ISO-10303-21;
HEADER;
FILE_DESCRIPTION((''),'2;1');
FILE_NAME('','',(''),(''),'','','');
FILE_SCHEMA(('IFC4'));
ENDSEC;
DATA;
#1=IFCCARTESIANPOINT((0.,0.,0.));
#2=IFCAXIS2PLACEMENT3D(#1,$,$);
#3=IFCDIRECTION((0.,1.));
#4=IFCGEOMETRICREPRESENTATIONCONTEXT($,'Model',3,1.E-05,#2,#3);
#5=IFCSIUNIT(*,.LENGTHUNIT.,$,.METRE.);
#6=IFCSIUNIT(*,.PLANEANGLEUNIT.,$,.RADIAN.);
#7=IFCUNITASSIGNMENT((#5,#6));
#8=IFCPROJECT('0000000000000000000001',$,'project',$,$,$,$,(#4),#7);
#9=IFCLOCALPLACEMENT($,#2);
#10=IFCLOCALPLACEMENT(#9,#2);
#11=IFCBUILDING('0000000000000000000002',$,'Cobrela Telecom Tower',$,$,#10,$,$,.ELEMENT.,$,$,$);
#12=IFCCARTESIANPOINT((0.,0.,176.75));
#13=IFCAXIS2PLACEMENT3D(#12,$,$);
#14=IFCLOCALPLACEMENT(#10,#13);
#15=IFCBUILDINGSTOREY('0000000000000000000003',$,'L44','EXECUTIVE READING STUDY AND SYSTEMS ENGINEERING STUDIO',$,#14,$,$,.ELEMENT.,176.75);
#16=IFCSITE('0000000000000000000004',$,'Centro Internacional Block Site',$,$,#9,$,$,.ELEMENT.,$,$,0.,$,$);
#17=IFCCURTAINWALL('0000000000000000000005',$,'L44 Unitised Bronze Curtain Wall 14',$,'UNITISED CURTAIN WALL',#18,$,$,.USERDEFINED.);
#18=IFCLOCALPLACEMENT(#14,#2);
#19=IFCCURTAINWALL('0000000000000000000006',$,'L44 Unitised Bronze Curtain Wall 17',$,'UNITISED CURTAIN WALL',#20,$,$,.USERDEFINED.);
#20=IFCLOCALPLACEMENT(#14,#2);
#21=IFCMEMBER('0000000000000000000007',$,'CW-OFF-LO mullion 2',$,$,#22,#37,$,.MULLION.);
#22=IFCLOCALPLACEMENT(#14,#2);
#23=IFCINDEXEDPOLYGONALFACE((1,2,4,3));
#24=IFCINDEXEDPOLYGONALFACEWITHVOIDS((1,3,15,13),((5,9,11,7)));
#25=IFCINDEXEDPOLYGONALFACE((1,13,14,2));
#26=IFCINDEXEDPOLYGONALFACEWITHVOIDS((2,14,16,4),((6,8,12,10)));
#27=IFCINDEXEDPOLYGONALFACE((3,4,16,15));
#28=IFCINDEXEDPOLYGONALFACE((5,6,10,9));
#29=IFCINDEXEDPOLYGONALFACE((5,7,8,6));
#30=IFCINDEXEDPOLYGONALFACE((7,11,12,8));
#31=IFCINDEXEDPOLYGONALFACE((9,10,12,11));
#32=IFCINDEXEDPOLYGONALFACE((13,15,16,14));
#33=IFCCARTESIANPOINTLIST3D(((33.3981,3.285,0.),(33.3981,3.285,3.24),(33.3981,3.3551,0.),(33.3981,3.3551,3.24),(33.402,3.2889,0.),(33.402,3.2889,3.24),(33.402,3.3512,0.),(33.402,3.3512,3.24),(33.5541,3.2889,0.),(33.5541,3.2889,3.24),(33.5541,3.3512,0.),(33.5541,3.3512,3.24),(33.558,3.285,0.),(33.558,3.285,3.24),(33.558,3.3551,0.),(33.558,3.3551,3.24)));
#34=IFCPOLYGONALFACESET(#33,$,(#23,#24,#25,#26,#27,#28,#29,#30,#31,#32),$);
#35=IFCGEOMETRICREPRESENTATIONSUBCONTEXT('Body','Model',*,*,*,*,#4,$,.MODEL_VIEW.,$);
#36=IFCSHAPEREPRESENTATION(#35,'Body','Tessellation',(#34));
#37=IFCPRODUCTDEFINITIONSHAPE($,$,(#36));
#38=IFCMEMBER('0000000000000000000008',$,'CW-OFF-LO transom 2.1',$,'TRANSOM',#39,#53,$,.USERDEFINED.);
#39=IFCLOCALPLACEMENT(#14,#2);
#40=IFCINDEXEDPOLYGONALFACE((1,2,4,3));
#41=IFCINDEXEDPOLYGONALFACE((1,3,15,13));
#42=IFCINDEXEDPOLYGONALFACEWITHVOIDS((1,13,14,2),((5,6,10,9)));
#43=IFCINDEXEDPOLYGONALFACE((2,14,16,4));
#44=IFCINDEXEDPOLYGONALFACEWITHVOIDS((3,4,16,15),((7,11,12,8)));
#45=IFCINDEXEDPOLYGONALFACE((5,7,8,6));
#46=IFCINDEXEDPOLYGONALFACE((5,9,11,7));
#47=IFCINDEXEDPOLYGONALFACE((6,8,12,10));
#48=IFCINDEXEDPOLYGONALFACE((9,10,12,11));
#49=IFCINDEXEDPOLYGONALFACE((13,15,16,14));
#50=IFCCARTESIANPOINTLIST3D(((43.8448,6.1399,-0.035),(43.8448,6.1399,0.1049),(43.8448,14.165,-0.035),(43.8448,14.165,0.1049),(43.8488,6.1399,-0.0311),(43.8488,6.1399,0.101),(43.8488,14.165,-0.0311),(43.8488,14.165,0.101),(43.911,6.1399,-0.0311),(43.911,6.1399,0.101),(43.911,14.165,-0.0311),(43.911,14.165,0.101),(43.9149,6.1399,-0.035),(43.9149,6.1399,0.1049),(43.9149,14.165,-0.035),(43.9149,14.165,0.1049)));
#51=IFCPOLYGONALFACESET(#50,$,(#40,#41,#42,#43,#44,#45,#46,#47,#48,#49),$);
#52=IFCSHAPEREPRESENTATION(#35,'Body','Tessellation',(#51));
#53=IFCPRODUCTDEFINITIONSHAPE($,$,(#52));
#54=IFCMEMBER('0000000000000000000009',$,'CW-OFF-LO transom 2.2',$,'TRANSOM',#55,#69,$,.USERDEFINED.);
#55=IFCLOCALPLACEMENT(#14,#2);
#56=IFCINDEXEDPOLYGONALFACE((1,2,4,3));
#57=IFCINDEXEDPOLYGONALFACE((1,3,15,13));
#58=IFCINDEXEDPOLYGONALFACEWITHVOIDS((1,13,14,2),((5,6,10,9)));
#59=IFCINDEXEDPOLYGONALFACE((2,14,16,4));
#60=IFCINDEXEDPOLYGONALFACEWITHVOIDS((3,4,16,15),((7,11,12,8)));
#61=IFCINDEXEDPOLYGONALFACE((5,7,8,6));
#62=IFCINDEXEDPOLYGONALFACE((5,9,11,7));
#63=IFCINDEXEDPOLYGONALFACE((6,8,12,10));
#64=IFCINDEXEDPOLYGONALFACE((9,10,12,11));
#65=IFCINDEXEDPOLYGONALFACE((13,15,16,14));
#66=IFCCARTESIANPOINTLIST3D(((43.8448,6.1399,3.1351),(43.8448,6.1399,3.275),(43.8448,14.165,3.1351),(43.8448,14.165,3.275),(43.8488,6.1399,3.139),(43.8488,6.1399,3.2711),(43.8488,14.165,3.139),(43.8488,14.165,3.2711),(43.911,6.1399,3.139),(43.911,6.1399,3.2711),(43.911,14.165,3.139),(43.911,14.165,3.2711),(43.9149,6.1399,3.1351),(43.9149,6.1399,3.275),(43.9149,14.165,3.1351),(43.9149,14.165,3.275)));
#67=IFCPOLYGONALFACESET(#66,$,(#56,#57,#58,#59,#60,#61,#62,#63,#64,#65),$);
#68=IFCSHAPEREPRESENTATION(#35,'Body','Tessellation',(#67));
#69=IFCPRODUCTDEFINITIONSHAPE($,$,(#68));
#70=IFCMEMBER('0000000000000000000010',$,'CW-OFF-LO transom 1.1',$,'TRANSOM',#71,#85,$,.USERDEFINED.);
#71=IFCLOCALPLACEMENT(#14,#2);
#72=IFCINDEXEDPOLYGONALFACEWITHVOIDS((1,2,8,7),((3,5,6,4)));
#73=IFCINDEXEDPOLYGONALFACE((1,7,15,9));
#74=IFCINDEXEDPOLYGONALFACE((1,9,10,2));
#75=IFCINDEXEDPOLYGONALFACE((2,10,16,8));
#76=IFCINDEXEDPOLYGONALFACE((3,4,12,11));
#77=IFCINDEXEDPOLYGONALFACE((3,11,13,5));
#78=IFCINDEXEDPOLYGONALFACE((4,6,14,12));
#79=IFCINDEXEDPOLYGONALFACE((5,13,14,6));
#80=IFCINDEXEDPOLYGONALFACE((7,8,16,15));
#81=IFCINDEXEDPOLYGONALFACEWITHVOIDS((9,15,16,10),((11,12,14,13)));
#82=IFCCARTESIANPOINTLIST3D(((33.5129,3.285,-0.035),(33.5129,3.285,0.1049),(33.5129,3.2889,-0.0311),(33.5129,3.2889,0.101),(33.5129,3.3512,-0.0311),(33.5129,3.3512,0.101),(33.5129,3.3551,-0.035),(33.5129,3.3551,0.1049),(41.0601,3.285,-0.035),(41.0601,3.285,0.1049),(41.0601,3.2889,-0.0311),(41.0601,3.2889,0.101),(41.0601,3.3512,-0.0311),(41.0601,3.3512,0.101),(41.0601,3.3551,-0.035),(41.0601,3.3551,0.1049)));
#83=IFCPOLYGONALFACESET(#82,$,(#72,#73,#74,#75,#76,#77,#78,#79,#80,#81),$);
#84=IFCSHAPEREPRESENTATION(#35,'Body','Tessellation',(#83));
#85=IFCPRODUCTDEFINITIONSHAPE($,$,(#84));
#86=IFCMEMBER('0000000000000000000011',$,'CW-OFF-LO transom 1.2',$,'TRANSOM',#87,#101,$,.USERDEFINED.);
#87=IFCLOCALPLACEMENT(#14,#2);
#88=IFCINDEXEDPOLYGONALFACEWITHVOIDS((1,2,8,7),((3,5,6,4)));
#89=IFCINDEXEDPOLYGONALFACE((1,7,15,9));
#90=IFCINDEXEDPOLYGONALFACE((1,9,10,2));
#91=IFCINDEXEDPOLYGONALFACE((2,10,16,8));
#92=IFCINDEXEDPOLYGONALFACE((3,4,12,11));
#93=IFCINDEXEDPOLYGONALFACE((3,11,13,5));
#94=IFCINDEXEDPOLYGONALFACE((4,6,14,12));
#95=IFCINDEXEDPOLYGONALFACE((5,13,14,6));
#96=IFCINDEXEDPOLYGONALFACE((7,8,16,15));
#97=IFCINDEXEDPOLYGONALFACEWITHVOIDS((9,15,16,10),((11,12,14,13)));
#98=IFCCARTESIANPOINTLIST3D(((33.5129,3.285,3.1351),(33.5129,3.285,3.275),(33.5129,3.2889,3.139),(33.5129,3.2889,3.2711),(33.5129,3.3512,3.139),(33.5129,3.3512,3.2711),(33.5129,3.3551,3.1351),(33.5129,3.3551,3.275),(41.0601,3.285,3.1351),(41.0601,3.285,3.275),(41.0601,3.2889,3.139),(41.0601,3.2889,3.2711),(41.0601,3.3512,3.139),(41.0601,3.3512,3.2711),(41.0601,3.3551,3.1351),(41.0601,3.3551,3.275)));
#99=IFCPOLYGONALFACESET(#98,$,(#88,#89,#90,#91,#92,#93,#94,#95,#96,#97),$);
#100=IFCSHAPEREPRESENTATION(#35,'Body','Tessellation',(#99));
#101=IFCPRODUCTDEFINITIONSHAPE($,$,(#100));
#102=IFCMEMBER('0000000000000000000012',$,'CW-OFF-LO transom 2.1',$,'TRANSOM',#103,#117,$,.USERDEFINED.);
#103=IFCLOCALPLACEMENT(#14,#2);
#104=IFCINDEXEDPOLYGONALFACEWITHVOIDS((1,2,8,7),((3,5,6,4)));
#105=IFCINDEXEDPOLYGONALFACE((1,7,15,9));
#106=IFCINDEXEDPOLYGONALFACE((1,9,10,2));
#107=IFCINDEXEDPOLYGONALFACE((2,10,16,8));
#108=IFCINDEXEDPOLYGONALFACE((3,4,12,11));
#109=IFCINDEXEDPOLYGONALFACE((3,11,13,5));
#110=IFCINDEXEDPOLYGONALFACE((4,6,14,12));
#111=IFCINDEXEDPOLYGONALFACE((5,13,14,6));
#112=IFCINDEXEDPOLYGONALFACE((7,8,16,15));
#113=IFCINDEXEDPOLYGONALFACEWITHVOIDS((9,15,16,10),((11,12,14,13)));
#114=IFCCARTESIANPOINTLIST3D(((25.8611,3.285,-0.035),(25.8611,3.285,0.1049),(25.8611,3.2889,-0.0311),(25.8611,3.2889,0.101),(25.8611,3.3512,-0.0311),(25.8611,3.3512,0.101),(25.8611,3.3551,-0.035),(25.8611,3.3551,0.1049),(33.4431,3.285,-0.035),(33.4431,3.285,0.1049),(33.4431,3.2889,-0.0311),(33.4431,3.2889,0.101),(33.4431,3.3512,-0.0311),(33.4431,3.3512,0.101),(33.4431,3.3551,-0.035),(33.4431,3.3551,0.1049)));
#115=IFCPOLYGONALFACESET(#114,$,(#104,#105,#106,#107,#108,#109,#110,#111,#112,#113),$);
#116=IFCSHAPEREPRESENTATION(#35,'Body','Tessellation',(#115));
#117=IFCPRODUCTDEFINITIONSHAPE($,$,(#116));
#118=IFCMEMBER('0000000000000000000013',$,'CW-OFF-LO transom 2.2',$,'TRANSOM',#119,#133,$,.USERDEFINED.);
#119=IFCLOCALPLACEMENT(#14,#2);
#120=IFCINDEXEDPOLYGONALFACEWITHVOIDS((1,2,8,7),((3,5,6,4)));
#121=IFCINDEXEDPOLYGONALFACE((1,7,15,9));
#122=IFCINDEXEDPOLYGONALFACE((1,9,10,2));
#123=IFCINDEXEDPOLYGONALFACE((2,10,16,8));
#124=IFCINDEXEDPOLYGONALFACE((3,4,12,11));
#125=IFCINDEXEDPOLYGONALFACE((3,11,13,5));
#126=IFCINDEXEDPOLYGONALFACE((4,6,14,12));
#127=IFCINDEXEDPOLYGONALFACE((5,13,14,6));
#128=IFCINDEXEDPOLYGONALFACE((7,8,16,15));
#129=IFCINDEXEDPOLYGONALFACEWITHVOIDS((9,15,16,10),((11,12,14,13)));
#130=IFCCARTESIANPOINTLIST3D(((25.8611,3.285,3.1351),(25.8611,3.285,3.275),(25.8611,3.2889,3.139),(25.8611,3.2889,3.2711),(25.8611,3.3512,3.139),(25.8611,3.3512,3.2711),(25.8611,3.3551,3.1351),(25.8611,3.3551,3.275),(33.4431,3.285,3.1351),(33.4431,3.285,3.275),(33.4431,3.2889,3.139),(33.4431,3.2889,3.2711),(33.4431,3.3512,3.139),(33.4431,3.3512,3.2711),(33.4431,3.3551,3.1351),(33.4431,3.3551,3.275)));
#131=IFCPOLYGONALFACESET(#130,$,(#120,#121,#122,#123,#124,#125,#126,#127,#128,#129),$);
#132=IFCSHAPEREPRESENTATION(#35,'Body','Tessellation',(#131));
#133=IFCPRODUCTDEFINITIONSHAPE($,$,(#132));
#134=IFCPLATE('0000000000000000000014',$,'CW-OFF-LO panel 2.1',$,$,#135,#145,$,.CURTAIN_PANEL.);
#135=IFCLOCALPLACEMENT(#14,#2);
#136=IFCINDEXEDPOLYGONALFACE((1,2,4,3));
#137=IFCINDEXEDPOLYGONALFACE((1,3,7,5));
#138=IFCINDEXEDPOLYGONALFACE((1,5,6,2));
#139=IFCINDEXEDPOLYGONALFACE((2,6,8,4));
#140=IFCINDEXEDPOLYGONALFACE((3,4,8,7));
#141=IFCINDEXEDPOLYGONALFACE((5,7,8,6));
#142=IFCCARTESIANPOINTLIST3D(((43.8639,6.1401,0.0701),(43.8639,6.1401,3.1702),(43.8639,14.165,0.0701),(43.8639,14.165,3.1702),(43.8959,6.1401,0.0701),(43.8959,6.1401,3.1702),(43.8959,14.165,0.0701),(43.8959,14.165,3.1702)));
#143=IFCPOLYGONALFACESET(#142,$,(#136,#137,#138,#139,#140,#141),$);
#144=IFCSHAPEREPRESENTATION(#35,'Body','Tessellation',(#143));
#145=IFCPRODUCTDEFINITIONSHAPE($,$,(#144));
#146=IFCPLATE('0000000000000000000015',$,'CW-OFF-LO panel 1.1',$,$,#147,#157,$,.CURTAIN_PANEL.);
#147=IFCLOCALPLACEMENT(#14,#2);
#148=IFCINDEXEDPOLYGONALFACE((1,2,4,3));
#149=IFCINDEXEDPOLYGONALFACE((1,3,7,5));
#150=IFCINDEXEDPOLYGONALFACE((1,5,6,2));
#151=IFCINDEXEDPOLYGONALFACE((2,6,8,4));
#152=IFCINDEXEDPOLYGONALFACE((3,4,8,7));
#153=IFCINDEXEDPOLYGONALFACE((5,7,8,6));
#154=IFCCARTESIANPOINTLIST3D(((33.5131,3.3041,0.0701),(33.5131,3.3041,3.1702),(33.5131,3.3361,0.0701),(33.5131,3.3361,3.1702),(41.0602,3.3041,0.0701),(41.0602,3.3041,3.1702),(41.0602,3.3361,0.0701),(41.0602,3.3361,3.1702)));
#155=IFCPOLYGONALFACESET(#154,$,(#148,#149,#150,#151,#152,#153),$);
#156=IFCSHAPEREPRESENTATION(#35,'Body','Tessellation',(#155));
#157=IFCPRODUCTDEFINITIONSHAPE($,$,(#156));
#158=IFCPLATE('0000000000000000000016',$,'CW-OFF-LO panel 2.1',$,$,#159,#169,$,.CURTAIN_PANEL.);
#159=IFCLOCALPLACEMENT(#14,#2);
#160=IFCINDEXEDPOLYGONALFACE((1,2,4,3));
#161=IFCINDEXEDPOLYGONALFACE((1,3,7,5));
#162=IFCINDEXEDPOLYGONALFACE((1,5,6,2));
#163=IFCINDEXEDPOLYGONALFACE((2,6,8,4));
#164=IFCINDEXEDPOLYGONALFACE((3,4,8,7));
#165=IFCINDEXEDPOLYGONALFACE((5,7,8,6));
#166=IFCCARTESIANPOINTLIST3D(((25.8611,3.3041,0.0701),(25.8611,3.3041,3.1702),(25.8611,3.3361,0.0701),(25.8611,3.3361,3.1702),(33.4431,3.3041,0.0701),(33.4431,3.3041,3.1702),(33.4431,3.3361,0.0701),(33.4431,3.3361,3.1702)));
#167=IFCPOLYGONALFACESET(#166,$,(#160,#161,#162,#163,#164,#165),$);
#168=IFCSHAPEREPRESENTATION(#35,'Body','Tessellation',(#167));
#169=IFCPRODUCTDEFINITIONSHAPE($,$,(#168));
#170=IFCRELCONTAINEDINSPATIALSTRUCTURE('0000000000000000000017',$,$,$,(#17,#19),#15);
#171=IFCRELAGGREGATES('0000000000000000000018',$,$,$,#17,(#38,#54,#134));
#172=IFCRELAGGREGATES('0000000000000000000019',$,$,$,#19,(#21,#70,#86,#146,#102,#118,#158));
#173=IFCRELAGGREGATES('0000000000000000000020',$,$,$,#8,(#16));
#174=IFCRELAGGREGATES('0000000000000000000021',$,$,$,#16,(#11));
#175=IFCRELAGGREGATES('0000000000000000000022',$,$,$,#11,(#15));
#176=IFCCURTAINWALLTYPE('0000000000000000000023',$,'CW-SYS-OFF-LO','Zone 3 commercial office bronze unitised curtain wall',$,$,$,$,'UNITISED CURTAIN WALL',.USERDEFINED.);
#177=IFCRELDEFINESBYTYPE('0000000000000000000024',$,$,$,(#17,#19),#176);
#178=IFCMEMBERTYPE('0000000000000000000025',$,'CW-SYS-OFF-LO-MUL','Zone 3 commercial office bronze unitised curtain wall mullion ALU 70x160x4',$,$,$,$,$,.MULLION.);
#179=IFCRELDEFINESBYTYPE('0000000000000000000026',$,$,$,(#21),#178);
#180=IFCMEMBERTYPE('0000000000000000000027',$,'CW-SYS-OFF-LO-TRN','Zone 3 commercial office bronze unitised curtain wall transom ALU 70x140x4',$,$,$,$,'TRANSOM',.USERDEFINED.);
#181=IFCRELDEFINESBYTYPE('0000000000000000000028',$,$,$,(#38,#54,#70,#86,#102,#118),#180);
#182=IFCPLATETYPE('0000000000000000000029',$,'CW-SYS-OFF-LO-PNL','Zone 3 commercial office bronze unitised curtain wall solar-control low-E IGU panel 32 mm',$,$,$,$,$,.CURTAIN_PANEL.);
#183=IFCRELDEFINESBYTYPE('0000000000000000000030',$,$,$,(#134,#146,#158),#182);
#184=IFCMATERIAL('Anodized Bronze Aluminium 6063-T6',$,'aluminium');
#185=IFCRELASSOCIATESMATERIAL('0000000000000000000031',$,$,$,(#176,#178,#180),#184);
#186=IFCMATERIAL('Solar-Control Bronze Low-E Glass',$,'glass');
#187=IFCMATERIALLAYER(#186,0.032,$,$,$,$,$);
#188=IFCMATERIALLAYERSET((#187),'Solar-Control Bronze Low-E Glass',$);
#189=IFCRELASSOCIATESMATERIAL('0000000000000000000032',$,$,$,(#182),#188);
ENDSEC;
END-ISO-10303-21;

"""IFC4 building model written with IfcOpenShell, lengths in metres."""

from ifc_helpers import new_model, si_unit, direction, frame, origin, origin_2d, place, context, subcontext, project, spatial, rectangle, hollow_rectangle, extrude, material, layer, layer_set, material_profile, profile_set, type_object, element, aggregate, save


model = new_model("IFC4")

# Units and contexts
model_context = context("Model", 3, precision=1e-05, world=origin(), true_north=direction((0.0, 1.0)))
body_context = subcontext(model_context, "Body", "Model", "MODEL_VIEW")
ifc_project = project(units=[si_unit("LENGTHUNIT", "METRE"), si_unit("PLANEANGLEUNIT", "RADIAN")], contexts=[model_context])

# Site, building, storey
site_placement = place(None, origin())
site = spatial("IfcSite", under=ifc_project, at=site_placement, Name="Centro Internacional Block Site", CompositionType="ELEMENT", RefElevation=0.0)
building_placement = place(site_placement, origin())
building = spatial("IfcBuilding", under=site, at=building_placement, Name="Cobrela Telecom Tower", CompositionType="ELEMENT")
storey_placement = place(building_placement, frame((0.0, 0.0, 176.75)))
storey = spatial("IfcBuildingStorey", under=building, at=storey_placement, Name="L44", Description="EXECUTIVE READING STUDY AND SYSTEMS ENGINEERING STUDIO", CompositionType="ELEMENT", Elevation=176.75)

# Curtain walls, member
ifc_material_1 = material(Name="Anodized Bronze Aluminium 6063-T6", Category="aluminium")
curtain_wall_type = type_object("IfcCurtainWallType", Name="CW-SYS-OFF-LO", Description="Zone 3 commercial office bronze unitised curtain wall", ElementType="UNITISED CURTAIN WALL", PredefinedType="USERDEFINED", material=ifc_material_1)
curtain_wall_1_placement = place(storey_placement, origin())
curtain_wall_1 = element("IfcCurtainWall", 1, at=curtain_wall_1_placement, inside=storey, type_object=curtain_wall_type, Name="L44 Unitised Bronze Curtain Wall 14", ObjectType="UNITISED CURTAIN WALL", PredefinedType="USERDEFINED")
ifc_material_profile_1 = material_profile(ifc_material_1, hollow_rectangle(XDim=0.0701, YDim=0.1599, WallThickness=0.0039, at=origin_2d()), Name="ALU 70x160x4")
ifc_profile_set_1 = profile_set([ifc_material_profile_1], Name="Anodized Bronze Aluminium 6063-T6")
member_type_1 = type_object("IfcMemberType", Name="CW-SYS-OFF-LO-MUL", Description="Zone 3 commercial office bronze unitised curtain wall mullion ALU 70x160x4", PredefinedType="MULLION", material=ifc_profile_set_1)
curtain_wall_2_placement = place(storey_placement, origin())
curtain_wall_2 = element("IfcCurtainWall", 2, at=curtain_wall_2_placement, inside=storey, type_object=curtain_wall_type, Name="L44 Unitised Bronze Curtain Wall 17", ObjectType="UNITISED CURTAIN WALL", PredefinedType="USERDEFINED")
member_1_placement = place(storey_placement, frame((33.478, 3.3201, 0.0), z_axis=(0.0, 0.0, 1.0), x_axis=(0.0, -1.0, 0.0)))
member_1 = element("IfcMember", 3, at=member_1_placement, type_object=member_type_1, Name="CW-OFF-LO mullion 2", PredefinedType="MULLION", context=body_context, shape_type="SweptSolid", body=[
    extrude(hollow_rectangle(XDim=0.0701, YDim=0.1599, WallThickness=0.0039, at=origin_2d()), origin(), (0.0, 0.0, 1.0), 3.24),
])

# Members
ifc_material_profile_2 = material_profile(ifc_material_1, hollow_rectangle(XDim=0.0701, YDim=0.1399, WallThickness=0.0039, at=origin_2d()), Name="ALU 70x140x4")
ifc_profile_set_2 = profile_set([ifc_material_profile_2], Name="Anodized Bronze Aluminium 6063-T6")
member_type_2 = type_object("IfcMemberType", Name="CW-SYS-OFF-LO-TRN", Description="Zone 3 commercial office bronze unitised curtain wall transom ALU 70x140x4", ElementType="TRANSOM", PredefinedType="USERDEFINED", material=ifc_profile_set_2)
member_2_placement = place(storey_placement, frame((43.8799, 14.165, 0.0349), z_axis=(0.0, -1.0, 0.0), x_axis=(1.0, 0.0, 0.0)))
member_2 = element("IfcMember", 4, at=member_2_placement, type_object=member_type_2, Name="CW-OFF-LO transom 2.1", ObjectType="TRANSOM", PredefinedType="USERDEFINED", context=body_context, shape_type="SweptSolid", body=[
    extrude(hollow_rectangle(XDim=0.0701, YDim=0.1399, WallThickness=0.0039, at=origin_2d()), origin(), (0.0, 0.0, 1.0), 8.0251),
])
member_3_placement = place(storey_placement, frame((43.8799, 14.165, 3.2051), z_axis=(0.0, -1.0, 0.0), x_axis=(1.0, 0.0, 0.0)))
member_3 = element("IfcMember", 5, at=member_3_placement, type_object=member_type_2, Name="CW-OFF-LO transom 2.2", ObjectType="TRANSOM", PredefinedType="USERDEFINED", context=body_context, shape_type="SweptSolid", body=[
    extrude(hollow_rectangle(XDim=0.0701, YDim=0.1399, WallThickness=0.0039, at=origin_2d()), origin(), (0.0, 0.0, 1.0), 8.0251),
])
member_4_placement = place(storey_placement, frame((41.0601, 3.3201, 0.0349), z_axis=(-1.0, 0.0, 0.0), x_axis=(0.0, -1.0, 0.0)))
member_4 = element("IfcMember", 6, at=member_4_placement, type_object=member_type_2, Name="CW-OFF-LO transom 1.1", ObjectType="TRANSOM", PredefinedType="USERDEFINED", context=body_context, shape_type="SweptSolid", body=[
    extrude(hollow_rectangle(XDim=0.0701, YDim=0.1399, WallThickness=0.0039, at=origin_2d()), origin(), (0.0, 0.0, 1.0), 7.5471),
])
member_5_placement = place(storey_placement, frame((41.0601, 3.3201, 3.2051), z_axis=(-1.0, 0.0, 0.0), x_axis=(0.0, -1.0, 0.0)))
member_5 = element("IfcMember", 7, at=member_5_placement, type_object=member_type_2, Name="CW-OFF-LO transom 1.2", ObjectType="TRANSOM", PredefinedType="USERDEFINED", context=body_context, shape_type="SweptSolid", body=[
    extrude(hollow_rectangle(XDim=0.0701, YDim=0.1399, WallThickness=0.0039, at=origin_2d()), origin(), (0.0, 0.0, 1.0), 7.5471),
])
member_6_placement = place(storey_placement, frame((33.4431, 3.3201, 0.0349), z_axis=(-1.0, 0.0, 0.0), x_axis=(0.0, -1.0, 0.0)))
member_6 = element("IfcMember", 8, at=member_6_placement, type_object=member_type_2, Name="CW-OFF-LO transom 2.1", ObjectType="TRANSOM", PredefinedType="USERDEFINED", context=body_context, shape_type="SweptSolid", body=[
    extrude(hollow_rectangle(XDim=0.0701, YDim=0.1399, WallThickness=0.0039, at=origin_2d()), origin(), (0.0, 0.0, 1.0), 7.582),
])
member_7_placement = place(storey_placement, frame((33.4431, 3.3201, 3.2051), z_axis=(-1.0, 0.0, 0.0), x_axis=(0.0, -1.0, 0.0)))
member_7 = element("IfcMember", 9, at=member_7_placement, type_object=member_type_2, Name="CW-OFF-LO transom 2.2", ObjectType="TRANSOM", PredefinedType="USERDEFINED", context=body_context, shape_type="SweptSolid", body=[
    extrude(hollow_rectangle(XDim=0.0701, YDim=0.1399, WallThickness=0.0039, at=origin_2d()), origin(), (0.0, 0.0, 1.0), 7.582),
])

# Plates
ifc_material_2 = material(Name="Solar-Control Bronze Low-E Glass", Category="glass")
ifc_layer_1 = layer(ifc_material_2, 0.032)
ifc_layer_set_1 = layer_set([ifc_layer_1], Name="Solar-Control Bronze Low-E Glass")
plate_type = type_object("IfcPlateType", Name="CW-SYS-OFF-LO-PNL", Description="Zone 3 commercial office bronze unitised curtain wall solar-control low-E IGU panel 32 mm", PredefinedType="CURTAIN_PANEL", material=ifc_layer_set_1)
plate_1_placement = place(storey_placement, frame((43.8799, 10.1526, 0.0701), z_axis=(0.0, 0.0, 1.0), x_axis=(0.0, -1.0, 0.0)))
plate_1 = element("IfcPlate", 10, at=plate_1_placement, type_object=plate_type, Name="CW-OFF-LO panel 2.1", PredefinedType="CURTAIN_PANEL", context=body_context, shape_type="SweptSolid", body=[
    extrude(rectangle(XDim=8.0249, YDim=0.032, at=origin_2d()), origin(), (0.0, 0.0, 1.0), 3.1001),
])
aggregate(curtain_wall_1, [member_2, member_3, plate_1])
plate_2_placement = place(storey_placement, frame((37.2866, 3.3201, 0.0701), z_axis=(0.0, 0.0, 1.0), x_axis=(-1.0, 0.0, 0.0)))
plate_2 = element("IfcPlate", 11, at=plate_2_placement, type_object=plate_type, Name="CW-OFF-LO panel 1.1", PredefinedType="CURTAIN_PANEL", context=body_context, shape_type="SweptSolid", body=[
    extrude(rectangle(XDim=7.5471, YDim=0.032, at=origin_2d()), origin(), (0.0, 0.0, 1.0), 3.1001),
])
plate_3_placement = place(storey_placement, frame((29.6521, 3.3201, 0.0701), z_axis=(0.0, 0.0, 1.0), x_axis=(-1.0, 0.0, 0.0)))
plate_3 = element("IfcPlate", 12, at=plate_3_placement, type_object=plate_type, Name="CW-OFF-LO panel 2.1", PredefinedType="CURTAIN_PANEL", context=body_context, shape_type="SweptSolid", body=[
    extrude(rectangle(XDim=7.582, YDim=0.032, at=origin_2d()), origin(), (0.0, 0.0, 1.0), 3.1001),
])
aggregate(curtain_wall_2, [member_1, member_4, member_5, plate_2, member_6, member_7, plate_3])

save(model, "model.ifc")
